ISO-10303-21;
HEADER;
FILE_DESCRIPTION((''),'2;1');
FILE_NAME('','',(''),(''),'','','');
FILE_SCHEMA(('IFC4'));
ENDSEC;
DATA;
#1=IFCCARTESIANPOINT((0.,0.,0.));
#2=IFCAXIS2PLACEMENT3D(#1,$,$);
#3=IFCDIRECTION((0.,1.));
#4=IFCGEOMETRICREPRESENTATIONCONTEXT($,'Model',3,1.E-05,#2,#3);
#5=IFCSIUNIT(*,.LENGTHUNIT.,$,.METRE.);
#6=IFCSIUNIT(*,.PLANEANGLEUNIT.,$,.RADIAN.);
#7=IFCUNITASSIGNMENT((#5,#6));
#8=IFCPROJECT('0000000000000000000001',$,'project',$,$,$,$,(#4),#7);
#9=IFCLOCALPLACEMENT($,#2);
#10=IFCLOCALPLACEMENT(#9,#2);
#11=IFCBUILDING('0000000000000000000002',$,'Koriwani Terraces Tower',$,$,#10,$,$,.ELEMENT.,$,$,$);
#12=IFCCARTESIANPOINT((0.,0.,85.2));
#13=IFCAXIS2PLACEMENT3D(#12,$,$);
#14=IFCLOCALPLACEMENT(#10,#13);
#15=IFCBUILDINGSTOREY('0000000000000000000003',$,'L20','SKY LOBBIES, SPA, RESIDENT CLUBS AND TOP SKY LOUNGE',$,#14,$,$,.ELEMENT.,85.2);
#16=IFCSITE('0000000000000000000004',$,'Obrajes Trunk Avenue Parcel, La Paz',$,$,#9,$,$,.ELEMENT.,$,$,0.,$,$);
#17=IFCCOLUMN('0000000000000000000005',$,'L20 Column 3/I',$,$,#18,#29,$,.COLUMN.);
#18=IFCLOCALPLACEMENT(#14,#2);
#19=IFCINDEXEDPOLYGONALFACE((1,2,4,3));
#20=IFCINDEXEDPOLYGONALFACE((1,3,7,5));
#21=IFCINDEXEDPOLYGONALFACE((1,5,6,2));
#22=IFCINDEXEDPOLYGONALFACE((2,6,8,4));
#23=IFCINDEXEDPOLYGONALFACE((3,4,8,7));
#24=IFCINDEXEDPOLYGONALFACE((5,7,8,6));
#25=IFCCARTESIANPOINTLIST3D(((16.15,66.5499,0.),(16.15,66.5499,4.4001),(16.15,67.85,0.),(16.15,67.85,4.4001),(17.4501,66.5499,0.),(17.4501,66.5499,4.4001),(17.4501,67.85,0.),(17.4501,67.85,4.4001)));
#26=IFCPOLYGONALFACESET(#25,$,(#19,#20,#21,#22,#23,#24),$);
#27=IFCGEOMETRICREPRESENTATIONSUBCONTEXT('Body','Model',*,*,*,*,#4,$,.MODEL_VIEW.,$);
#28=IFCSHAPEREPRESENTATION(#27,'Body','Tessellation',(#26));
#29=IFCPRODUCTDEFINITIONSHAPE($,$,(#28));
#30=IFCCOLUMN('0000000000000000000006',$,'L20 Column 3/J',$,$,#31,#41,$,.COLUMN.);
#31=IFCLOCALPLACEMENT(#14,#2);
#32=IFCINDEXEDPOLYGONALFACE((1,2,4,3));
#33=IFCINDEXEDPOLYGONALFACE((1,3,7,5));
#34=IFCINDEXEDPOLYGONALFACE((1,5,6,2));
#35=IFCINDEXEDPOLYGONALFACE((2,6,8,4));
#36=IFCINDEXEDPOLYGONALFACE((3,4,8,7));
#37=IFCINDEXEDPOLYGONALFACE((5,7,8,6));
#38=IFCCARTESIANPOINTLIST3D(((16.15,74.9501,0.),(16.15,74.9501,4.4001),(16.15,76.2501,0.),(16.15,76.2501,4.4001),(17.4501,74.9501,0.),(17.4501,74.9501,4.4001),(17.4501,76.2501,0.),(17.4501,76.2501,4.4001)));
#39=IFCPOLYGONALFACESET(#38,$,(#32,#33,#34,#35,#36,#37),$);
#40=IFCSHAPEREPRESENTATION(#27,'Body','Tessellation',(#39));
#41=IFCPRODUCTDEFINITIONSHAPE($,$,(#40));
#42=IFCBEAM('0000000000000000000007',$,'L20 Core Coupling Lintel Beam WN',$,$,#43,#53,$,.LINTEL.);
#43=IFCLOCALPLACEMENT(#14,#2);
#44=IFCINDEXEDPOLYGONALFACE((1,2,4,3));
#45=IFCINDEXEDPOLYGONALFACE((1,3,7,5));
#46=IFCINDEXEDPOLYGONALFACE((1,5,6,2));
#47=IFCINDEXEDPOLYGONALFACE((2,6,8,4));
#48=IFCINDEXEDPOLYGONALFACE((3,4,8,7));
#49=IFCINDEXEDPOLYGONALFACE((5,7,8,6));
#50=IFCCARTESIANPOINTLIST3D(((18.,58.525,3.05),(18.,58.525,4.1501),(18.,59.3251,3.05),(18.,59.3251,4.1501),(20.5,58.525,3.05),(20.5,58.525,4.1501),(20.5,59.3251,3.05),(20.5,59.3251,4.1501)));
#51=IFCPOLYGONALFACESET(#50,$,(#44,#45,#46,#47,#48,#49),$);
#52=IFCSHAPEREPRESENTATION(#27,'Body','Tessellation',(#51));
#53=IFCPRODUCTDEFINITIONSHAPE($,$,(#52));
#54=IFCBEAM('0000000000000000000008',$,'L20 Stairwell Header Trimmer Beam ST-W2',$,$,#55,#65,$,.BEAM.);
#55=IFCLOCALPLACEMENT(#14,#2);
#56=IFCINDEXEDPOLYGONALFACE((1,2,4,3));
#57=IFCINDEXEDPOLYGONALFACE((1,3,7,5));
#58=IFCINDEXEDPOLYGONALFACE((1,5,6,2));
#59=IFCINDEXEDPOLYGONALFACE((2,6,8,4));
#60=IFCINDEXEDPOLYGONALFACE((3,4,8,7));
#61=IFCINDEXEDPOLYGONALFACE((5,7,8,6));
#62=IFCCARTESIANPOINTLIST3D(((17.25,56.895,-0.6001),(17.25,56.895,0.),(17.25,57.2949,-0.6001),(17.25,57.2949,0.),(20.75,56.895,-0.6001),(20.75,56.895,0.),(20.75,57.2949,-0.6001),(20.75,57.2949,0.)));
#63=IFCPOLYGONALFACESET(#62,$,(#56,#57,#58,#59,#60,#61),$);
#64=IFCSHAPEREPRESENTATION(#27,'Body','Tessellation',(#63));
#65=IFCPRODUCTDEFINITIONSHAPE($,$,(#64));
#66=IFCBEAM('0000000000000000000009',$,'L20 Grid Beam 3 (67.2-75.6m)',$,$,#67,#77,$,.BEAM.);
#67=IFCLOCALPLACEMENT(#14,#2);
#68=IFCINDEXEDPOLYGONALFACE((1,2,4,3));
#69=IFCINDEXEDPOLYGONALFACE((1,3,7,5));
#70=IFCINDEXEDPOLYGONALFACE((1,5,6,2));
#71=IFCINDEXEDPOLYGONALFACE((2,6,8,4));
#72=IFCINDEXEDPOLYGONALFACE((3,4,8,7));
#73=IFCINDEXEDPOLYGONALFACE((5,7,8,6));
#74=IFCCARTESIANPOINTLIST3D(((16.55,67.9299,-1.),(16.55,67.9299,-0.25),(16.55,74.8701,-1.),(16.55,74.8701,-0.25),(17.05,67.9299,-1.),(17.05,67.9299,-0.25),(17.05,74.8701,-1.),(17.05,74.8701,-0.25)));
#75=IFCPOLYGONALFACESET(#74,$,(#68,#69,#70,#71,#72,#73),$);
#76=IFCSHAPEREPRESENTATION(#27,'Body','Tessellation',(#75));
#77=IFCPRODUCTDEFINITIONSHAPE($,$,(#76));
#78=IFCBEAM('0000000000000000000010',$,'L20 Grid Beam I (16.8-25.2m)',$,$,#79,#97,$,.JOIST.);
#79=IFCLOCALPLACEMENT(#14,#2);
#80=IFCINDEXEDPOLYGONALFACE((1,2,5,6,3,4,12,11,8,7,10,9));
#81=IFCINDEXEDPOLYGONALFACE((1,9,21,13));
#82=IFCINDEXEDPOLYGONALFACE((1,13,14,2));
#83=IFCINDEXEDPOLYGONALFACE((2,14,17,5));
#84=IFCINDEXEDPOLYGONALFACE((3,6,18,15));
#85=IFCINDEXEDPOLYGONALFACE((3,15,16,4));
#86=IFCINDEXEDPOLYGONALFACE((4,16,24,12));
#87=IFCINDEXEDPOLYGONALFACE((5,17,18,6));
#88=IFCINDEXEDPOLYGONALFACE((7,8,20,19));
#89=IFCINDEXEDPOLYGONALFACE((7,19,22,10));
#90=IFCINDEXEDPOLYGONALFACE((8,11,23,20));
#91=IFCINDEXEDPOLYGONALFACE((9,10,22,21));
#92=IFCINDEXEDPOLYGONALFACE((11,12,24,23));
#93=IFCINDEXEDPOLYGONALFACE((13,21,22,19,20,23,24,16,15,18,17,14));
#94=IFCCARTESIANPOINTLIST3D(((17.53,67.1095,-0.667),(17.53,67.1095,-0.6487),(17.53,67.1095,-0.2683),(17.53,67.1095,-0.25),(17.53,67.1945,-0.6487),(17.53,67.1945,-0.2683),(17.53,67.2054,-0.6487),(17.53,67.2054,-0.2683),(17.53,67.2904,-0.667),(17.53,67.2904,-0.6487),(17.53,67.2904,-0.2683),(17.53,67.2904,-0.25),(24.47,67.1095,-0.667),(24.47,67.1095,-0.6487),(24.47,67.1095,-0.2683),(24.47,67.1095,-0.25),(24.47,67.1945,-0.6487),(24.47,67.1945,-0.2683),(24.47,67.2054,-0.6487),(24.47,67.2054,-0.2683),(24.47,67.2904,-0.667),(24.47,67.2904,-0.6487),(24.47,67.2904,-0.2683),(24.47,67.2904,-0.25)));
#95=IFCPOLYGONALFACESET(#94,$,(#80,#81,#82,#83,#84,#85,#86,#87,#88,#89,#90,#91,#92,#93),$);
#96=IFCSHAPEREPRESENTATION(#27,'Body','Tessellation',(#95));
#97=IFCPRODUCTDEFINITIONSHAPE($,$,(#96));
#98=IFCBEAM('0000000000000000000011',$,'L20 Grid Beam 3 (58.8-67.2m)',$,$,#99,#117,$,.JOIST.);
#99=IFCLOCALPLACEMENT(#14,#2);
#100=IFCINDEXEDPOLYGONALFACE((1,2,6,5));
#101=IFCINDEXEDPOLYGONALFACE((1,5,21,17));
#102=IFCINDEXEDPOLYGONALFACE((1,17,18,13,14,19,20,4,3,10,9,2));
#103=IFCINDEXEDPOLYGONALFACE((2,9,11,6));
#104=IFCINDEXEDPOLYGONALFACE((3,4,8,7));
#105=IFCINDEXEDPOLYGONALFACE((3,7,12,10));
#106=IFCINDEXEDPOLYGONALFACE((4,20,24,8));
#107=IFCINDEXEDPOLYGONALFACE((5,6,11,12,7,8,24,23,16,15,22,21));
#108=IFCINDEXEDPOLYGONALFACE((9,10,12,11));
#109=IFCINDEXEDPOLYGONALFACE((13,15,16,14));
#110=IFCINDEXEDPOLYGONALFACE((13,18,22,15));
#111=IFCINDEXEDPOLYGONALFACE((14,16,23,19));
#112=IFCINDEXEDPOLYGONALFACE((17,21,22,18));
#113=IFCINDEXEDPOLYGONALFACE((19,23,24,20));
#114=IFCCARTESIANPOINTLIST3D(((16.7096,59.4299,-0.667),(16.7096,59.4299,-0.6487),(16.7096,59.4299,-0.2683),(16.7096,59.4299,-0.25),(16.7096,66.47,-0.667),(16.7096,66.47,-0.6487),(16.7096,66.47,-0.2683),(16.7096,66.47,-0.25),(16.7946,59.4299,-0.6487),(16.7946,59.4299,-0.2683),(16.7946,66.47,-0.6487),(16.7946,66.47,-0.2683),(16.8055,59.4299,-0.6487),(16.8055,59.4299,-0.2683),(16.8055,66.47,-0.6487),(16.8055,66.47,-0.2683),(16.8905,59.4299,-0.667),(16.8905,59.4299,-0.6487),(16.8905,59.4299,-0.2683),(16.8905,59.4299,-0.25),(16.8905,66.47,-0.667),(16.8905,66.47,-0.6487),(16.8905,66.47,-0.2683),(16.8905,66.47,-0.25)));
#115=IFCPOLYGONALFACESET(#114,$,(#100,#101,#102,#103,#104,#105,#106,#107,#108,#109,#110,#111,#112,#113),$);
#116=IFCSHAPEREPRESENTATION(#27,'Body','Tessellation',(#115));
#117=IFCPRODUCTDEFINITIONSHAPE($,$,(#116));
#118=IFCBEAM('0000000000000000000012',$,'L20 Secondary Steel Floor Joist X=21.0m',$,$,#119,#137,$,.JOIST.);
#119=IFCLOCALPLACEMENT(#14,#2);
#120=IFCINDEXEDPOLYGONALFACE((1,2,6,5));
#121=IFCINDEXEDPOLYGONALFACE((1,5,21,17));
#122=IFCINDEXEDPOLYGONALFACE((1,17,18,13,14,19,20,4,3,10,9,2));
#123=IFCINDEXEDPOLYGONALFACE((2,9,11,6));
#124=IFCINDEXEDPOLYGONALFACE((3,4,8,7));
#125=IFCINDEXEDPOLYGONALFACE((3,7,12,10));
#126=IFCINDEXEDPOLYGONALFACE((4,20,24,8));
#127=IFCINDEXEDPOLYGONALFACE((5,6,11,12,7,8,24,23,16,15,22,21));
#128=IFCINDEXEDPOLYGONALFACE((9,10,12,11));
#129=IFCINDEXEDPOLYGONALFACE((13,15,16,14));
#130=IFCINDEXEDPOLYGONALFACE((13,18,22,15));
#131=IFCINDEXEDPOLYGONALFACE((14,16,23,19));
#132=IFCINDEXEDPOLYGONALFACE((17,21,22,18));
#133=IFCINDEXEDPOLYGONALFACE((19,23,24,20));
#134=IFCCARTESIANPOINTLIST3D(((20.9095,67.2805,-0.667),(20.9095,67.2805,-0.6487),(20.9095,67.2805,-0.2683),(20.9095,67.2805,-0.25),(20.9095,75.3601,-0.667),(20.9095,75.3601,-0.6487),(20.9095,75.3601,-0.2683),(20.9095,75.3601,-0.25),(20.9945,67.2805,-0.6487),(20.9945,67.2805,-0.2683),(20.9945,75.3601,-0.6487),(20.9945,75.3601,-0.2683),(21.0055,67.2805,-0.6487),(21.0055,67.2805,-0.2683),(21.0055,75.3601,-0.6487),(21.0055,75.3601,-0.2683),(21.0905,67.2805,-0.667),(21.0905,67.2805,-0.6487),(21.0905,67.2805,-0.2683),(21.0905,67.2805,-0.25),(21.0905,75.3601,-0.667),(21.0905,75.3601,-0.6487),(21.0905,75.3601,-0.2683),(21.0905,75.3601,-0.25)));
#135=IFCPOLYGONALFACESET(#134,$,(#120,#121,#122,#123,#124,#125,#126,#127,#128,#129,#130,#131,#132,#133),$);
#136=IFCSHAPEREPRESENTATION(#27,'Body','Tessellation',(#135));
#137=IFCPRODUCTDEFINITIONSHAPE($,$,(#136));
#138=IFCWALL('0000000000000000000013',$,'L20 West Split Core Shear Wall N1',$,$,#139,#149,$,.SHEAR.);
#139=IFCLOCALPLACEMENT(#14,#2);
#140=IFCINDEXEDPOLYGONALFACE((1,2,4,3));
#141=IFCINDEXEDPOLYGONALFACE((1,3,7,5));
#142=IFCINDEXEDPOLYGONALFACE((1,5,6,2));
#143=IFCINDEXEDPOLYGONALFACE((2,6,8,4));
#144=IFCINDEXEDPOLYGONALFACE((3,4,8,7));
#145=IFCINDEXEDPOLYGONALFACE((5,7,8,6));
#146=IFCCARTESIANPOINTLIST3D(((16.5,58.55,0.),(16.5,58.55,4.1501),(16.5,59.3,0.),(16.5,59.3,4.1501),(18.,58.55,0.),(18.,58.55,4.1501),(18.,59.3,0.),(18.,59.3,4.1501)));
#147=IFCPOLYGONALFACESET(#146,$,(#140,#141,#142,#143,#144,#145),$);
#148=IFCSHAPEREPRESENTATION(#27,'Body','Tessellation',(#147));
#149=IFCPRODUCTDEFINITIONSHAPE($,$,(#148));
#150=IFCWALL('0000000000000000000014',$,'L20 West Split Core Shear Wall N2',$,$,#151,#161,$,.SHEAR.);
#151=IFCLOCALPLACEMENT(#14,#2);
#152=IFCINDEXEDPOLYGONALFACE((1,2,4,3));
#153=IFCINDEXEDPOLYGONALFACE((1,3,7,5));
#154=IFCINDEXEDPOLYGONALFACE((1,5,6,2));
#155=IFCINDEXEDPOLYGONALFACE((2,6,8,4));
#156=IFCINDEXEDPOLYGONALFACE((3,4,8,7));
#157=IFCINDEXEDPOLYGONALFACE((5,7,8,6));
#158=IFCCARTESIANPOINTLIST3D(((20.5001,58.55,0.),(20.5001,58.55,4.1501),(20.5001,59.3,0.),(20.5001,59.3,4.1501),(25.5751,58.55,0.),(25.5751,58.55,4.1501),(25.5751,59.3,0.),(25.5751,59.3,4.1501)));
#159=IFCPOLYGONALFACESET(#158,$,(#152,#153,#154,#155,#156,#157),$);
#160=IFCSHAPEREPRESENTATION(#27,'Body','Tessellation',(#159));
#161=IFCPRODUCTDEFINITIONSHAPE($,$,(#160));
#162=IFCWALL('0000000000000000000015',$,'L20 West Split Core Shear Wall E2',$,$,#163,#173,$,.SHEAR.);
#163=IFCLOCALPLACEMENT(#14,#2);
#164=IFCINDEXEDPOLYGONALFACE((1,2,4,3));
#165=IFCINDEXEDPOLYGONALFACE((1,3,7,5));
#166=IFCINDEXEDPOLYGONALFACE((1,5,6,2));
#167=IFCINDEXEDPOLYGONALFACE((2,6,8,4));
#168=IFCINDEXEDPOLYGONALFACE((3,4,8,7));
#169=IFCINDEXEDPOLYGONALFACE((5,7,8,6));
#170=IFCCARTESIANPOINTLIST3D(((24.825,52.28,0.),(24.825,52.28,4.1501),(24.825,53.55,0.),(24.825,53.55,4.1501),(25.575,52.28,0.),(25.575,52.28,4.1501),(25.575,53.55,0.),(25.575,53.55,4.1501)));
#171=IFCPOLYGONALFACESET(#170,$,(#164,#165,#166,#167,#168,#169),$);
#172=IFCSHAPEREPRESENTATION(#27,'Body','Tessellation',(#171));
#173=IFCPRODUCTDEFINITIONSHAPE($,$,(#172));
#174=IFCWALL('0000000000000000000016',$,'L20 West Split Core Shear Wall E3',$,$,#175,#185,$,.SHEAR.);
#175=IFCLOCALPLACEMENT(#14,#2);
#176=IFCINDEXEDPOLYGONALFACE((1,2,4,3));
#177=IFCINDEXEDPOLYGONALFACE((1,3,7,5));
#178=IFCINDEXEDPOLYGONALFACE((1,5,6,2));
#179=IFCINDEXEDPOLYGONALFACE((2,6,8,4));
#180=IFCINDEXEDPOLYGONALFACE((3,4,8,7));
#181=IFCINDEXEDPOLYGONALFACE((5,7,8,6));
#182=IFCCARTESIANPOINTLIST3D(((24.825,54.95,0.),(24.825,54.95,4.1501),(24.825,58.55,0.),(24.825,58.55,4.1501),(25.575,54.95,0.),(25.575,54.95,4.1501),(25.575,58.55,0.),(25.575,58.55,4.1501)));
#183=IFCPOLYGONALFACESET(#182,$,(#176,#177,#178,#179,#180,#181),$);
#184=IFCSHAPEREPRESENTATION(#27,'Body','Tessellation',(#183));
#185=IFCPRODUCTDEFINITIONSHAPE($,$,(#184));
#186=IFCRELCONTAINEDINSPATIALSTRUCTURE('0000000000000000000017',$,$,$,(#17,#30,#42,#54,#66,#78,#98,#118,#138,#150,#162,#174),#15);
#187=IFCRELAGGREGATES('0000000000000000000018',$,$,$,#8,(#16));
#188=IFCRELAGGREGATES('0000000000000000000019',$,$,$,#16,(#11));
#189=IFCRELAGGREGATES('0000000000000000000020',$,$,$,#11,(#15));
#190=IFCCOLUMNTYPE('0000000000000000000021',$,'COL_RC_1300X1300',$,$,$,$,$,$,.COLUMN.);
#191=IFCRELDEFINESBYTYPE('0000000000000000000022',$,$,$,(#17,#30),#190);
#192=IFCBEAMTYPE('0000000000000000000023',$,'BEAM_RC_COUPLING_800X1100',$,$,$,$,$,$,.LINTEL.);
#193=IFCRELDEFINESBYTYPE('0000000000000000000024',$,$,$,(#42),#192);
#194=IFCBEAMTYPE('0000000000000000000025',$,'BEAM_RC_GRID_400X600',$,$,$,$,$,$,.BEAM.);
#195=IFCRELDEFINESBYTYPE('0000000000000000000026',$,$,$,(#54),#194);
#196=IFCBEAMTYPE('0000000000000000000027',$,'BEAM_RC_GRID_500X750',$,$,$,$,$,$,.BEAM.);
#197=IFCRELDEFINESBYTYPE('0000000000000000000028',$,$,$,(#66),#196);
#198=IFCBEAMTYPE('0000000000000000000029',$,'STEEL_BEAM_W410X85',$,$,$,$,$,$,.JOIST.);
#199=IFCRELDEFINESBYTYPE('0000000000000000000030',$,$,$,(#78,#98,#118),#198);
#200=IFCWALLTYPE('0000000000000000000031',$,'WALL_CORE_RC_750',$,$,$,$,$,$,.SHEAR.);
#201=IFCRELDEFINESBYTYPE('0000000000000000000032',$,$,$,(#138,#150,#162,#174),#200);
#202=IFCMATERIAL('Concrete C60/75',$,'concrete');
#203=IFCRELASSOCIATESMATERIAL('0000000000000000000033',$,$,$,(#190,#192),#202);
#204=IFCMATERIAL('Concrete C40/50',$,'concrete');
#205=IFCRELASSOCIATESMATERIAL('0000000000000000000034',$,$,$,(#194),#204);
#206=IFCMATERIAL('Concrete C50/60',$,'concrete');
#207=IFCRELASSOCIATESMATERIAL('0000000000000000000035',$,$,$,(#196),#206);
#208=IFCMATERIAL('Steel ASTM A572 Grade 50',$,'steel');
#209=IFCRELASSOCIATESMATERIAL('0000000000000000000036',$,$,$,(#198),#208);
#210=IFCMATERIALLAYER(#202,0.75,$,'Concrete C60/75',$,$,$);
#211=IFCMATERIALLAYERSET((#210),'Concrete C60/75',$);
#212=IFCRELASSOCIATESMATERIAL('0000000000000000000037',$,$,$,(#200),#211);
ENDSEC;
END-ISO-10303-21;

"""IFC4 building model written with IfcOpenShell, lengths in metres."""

from ifc_helpers import new_model, si_unit, direction, frame, frame_2d, origin, origin_2d, place, context, subcontext, project, spatial, rectangle, i_section, extrude, material, layer, layer_set, material_profile, profile_set, type_object, element, save


model = new_model("IFC4")

# Units and contexts
model_context = context("Model", 3, precision=1e-05, world=origin(), true_north=direction((0.0, 1.0)))
body_context = subcontext(model_context, "Body", "Model", "MODEL_VIEW")
ifc_project = project(units=[si_unit("LENGTHUNIT", "METRE"), si_unit("PLANEANGLEUNIT", "RADIAN")], contexts=[model_context])

# Site, building, storey
site_placement = place(None, origin())
site = spatial("IfcSite", under=ifc_project, at=site_placement, Name="Obrajes Trunk Avenue Parcel, La Paz", CompositionType="ELEMENT", RefElevation=0.0)
building_placement = place(site_placement, origin())
building = spatial("IfcBuilding", under=site, at=building_placement, Name="Koriwani Terraces Tower", CompositionType="ELEMENT")
storey_placement = place(building_placement, frame((0.0, 0.0, 85.2)))
storey = spatial("IfcBuildingStorey", under=building, at=storey_placement, Name="L20", Description="SKY LOBBIES, SPA, RESIDENT CLUBS AND TOP SKY LOUNGE", CompositionType="ELEMENT", Elevation=85.2)

# Columns
ifc_material_1 = material(Name="Concrete C60/75", Category="concrete")
ifc_material_profile_1 = material_profile(ifc_material_1, rectangle(XDim=1.3, YDim=1.3, at=origin_2d()), Name="Concrete C60/75", Category="LoadBearing")
ifc_profile_set_1 = profile_set([ifc_material_profile_1], Name="Concrete C60/75")
column_type = type_object("IfcColumnType", Name="COL_RC_1300X1300", PredefinedType="COLUMN", material=ifc_profile_set_1)
for number, where, z_axis, x_axis, name in (
    (1, (16.8, 67.2, 0.0), (0.0, 0.0, 1.0), (1.0, 0.0, 0.0), "L20 Column 3/I"),
    (2, (16.8, 75.6001, 0.0), (0.0, 0.0, 1.0), (1.0, 0.0, 0.0), "L20 Column 3/J"),
):
    element("IfcColumn", number, at=place(storey_placement, frame(where, z_axis=z_axis, x_axis=x_axis)), inside=storey, type_object=column_type, Name=name, PredefinedType="COLUMN", context=body_context, shape_type="SweptSolid", body=[
        extrude(rectangle(XDim=1.3, YDim=1.3, at=origin_2d()), origin(), (0.0, 0.0, 1.0), 4.4001),
    ])

# Beams
ifc_material_profile_2 = material_profile(ifc_material_1, rectangle(XDim=0.8, YDim=1.1001, at=origin_2d()), Name="Concrete C60/75", Category="LoadBearing")
ifc_profile_set_2 = profile_set([ifc_material_profile_2], Name="Concrete C60/75")
beam_type_1 = type_object("IfcBeamType", Name="BEAM_RC_COUPLING_800X1100", PredefinedType="LINTEL", material=ifc_profile_set_2)
beam_1_placement = place(storey_placement, frame((18.0, 58.925, 3.6001), z_axis=(1.0, 0.0, 0.0), x_axis=(0.0, 1.0, 0.0)))
element("IfcBeam", 3, at=beam_1_placement, inside=storey, type_object=beam_type_1, Name="L20 Core Coupling Lintel Beam WN", PredefinedType="LINTEL", context=body_context, shape_type="SweptSolid", body=[
    extrude(rectangle(XDim=0.8, YDim=1.1001, at=origin_2d()), origin(), (0.0, 0.0, 1.0), 2.5),
])
ifc_material_2 = material(Name="Concrete C40/50", Category="concrete")
ifc_material_profile_3 = material_profile(ifc_material_2, rectangle(XDim=0.3999, YDim=0.6001, at=origin_2d()), Name="Concrete C40/50", Category="LoadBearing")
ifc_profile_set_3 = profile_set([ifc_material_profile_3], Name="Concrete C40/50")
beam_type_2 = type_object("IfcBeamType", Name="BEAM_RC_GRID_400X600", PredefinedType="BEAM", material=ifc_profile_set_3)
beam_2_placement = place(storey_placement, frame((17.25, 57.095, -0.3), z_axis=(1.0, 0.0, 0.0), x_axis=(0.0, 1.0, 0.0)))
element("IfcBeam", 4, at=beam_2_placement, inside=storey, type_object=beam_type_2, Name="L20 Stairwell Header Trimmer Beam ST-W2", PredefinedType="BEAM", context=body_context, shape_type="SweptSolid", body=[
    extrude(rectangle(XDim=0.3999, YDim=0.6001, at=origin_2d()), origin(), (0.0, 0.0, 1.0), 3.5),
])
ifc_material_3 = material(Name="Concrete C50/60", Category="concrete")
ifc_material_profile_4 = material_profile(ifc_material_3, rectangle(XDim=0.5, YDim=0.75, at=origin_2d()), Name="Concrete C50/60", Category="LoadBearing")
ifc_profile_set_4 = profile_set([ifc_material_profile_4], Name="Concrete C50/60")
beam_type_3 = type_object("IfcBeamType", Name="BEAM_RC_GRID_500X750", PredefinedType="BEAM", material=ifc_profile_set_4)
beam_3_placement = place(storey_placement, frame((16.8, 67.9299, -0.625), z_axis=(0.0, 1.0, 0.0), x_axis=(-1.0, 0.0, 0.0)))
element("IfcBeam", 5, at=beam_3_placement, inside=storey, type_object=beam_type_3, Name="L20 Grid Beam 3 (67.2-75.6m)", PredefinedType="BEAM", context=body_context, shape_type="SweptSolid", body=[
    extrude(rectangle(XDim=0.5, YDim=0.75, at=origin_2d()), origin(), (0.0, 0.0, 1.0), 6.9402),
])
ifc_material_4 = material(Name="Steel ASTM A572 Grade 50", Category="steel")
ifc_material_profile_5 = material_profile(ifc_material_4, i_section(OverallWidth=0.1809, OverallDepth=0.417, WebThickness=0.011, FlangeThickness=0.0183, at=origin_2d()), Name="Steel ASTM A572 Grade 50", Category="LoadBearing")
ifc_profile_set_5 = profile_set([ifc_material_profile_5], Name="Steel ASTM A572 Grade 50")
beam_type_4 = type_object("IfcBeamType", Name="STEEL_BEAM_W410X85", PredefinedType="JOIST", material=ifc_profile_set_5)
beam_4_placement = place(storey_placement, frame((17.53, 67.2, -0.4585), z_axis=(1.0, 0.0, 0.0), x_axis=(0.0, 1.0, 0.0)))
element("IfcBeam", 6, at=beam_4_placement, inside=storey, type_object=beam_type_4, Name="L20 Grid Beam I (16.8-25.2m)", PredefinedType="JOIST", context=body_context, shape_type="SweptSolid", body=[
    extrude(i_section(OverallWidth=0.1809, OverallDepth=0.417, WebThickness=0.011, FlangeThickness=0.0183, at=origin_2d()), origin(), (0.0, 0.0, 1.0), 6.9399),
])
beam_5_placement = place(storey_placement, frame((16.8, 59.4299, -0.4585), z_axis=(0.0, 1.0, 0.0), x_axis=(-1.0, 0.0, 0.0)))
element("IfcBeam", 7, at=beam_5_placement, inside=storey, type_object=beam_type_4, Name="L20 Grid Beam 3 (58.8-67.2m)", PredefinedType="JOIST", context=body_context, shape_type="SweptSolid", body=[
    extrude(i_section(OverallWidth=0.1809, OverallDepth=0.417, WebThickness=0.011, FlangeThickness=0.0183, at=origin_2d()), origin(), (0.0, 0.0, 1.0), 7.04),
])
beam_6_placement = place(storey_placement, frame((21.0, 67.2805, -0.4585), z_axis=(0.0, 1.0, 0.0), x_axis=(-1.0, 0.0, 0.0)))
element("IfcBeam", 8, at=beam_6_placement, inside=storey, type_object=beam_type_4, Name="L20 Secondary Steel Floor Joist X=21.0m", PredefinedType="JOIST", context=body_context, shape_type="SweptSolid", body=[
    extrude(i_section(OverallWidth=0.1809, OverallDepth=0.417, WebThickness=0.011, FlangeThickness=0.0183, at=origin_2d()), origin(), (0.0, 0.0, 1.0), 8.0796),
])

# Walls
ifc_layer_1 = layer(ifc_material_1, 0.75, Name="Concrete C60/75")
ifc_layer_set_1 = layer_set([ifc_layer_1], Name="Concrete C60/75")
wall_type_1 = type_object("IfcWallType", Name="WALL_CORE_RC_750", PredefinedType="SHEAR", material=ifc_layer_set_1)
wall_1_placement = place(storey_placement, frame((16.5, 58.925, 0.0), z_axis=(0.0, 0.0, 1.0), x_axis=(1.0, 0.0, 0.0)))
element("IfcWall", 9, at=wall_1_placement, inside=storey, type_object=wall_type_1, Name="L20 West Split Core Shear Wall N1", PredefinedType="SHEAR", context=body_context, shape_type="SweptSolid", body=[
    extrude(rectangle(XDim=1.5, YDim=0.75, at=frame_2d((0.75, 0.0))), origin(), (0.0, 0.0, 1.0), 4.1501),
])
wall_2_placement = place(storey_placement, frame((20.5, 58.925, 0.0), z_axis=(0.0, 0.0, 1.0), x_axis=(1.0, 0.0, 0.0)))
element("IfcWall", 10, at=wall_2_placement, inside=storey, type_object=wall_type_1, Name="L20 West Split Core Shear Wall N2", PredefinedType="SHEAR", context=body_context, shape_type="SweptSolid", body=[
    extrude(rectangle(XDim=5.075, YDim=0.75, at=frame_2d((2.5376, 0.0))), origin(), (0.0, 0.0, 1.0), 4.1501),
])
wall_3_placement = place(storey_placement, frame((25.2, 52.28, 0.0), z_axis=(0.0, 0.0, 1.0), x_axis=(0.0, 1.0, 0.0)))
element("IfcWall", 11, at=wall_3_placement, inside=storey, type_object=wall_type_1, Name="L20 West Split Core Shear Wall E2", PredefinedType="SHEAR", context=body_context, shape_type="SweptSolid", body=[
    extrude(rectangle(XDim=1.27, YDim=0.75, at=frame_2d((0.635, 0.0))), origin(), (0.0, 0.0, 1.0), 4.1501),
])
wall_4_placement = place(storey_placement, frame((25.2, 54.95, 0.0), z_axis=(0.0, 0.0, 1.0), x_axis=(0.0, 1.0, 0.0)))
element("IfcWall", 12, at=wall_4_placement, inside=storey, type_object=wall_type_1, Name="L20 West Split Core Shear Wall E3", PredefinedType="SHEAR", context=body_context, shape_type="SweptSolid", body=[
    extrude(rectangle(XDim=3.6001, YDim=0.75, at=frame_2d((1.8, 0.0))), origin(), (0.0, 0.0, 1.0), 4.1501),
])

save(model, "model.ifc")
